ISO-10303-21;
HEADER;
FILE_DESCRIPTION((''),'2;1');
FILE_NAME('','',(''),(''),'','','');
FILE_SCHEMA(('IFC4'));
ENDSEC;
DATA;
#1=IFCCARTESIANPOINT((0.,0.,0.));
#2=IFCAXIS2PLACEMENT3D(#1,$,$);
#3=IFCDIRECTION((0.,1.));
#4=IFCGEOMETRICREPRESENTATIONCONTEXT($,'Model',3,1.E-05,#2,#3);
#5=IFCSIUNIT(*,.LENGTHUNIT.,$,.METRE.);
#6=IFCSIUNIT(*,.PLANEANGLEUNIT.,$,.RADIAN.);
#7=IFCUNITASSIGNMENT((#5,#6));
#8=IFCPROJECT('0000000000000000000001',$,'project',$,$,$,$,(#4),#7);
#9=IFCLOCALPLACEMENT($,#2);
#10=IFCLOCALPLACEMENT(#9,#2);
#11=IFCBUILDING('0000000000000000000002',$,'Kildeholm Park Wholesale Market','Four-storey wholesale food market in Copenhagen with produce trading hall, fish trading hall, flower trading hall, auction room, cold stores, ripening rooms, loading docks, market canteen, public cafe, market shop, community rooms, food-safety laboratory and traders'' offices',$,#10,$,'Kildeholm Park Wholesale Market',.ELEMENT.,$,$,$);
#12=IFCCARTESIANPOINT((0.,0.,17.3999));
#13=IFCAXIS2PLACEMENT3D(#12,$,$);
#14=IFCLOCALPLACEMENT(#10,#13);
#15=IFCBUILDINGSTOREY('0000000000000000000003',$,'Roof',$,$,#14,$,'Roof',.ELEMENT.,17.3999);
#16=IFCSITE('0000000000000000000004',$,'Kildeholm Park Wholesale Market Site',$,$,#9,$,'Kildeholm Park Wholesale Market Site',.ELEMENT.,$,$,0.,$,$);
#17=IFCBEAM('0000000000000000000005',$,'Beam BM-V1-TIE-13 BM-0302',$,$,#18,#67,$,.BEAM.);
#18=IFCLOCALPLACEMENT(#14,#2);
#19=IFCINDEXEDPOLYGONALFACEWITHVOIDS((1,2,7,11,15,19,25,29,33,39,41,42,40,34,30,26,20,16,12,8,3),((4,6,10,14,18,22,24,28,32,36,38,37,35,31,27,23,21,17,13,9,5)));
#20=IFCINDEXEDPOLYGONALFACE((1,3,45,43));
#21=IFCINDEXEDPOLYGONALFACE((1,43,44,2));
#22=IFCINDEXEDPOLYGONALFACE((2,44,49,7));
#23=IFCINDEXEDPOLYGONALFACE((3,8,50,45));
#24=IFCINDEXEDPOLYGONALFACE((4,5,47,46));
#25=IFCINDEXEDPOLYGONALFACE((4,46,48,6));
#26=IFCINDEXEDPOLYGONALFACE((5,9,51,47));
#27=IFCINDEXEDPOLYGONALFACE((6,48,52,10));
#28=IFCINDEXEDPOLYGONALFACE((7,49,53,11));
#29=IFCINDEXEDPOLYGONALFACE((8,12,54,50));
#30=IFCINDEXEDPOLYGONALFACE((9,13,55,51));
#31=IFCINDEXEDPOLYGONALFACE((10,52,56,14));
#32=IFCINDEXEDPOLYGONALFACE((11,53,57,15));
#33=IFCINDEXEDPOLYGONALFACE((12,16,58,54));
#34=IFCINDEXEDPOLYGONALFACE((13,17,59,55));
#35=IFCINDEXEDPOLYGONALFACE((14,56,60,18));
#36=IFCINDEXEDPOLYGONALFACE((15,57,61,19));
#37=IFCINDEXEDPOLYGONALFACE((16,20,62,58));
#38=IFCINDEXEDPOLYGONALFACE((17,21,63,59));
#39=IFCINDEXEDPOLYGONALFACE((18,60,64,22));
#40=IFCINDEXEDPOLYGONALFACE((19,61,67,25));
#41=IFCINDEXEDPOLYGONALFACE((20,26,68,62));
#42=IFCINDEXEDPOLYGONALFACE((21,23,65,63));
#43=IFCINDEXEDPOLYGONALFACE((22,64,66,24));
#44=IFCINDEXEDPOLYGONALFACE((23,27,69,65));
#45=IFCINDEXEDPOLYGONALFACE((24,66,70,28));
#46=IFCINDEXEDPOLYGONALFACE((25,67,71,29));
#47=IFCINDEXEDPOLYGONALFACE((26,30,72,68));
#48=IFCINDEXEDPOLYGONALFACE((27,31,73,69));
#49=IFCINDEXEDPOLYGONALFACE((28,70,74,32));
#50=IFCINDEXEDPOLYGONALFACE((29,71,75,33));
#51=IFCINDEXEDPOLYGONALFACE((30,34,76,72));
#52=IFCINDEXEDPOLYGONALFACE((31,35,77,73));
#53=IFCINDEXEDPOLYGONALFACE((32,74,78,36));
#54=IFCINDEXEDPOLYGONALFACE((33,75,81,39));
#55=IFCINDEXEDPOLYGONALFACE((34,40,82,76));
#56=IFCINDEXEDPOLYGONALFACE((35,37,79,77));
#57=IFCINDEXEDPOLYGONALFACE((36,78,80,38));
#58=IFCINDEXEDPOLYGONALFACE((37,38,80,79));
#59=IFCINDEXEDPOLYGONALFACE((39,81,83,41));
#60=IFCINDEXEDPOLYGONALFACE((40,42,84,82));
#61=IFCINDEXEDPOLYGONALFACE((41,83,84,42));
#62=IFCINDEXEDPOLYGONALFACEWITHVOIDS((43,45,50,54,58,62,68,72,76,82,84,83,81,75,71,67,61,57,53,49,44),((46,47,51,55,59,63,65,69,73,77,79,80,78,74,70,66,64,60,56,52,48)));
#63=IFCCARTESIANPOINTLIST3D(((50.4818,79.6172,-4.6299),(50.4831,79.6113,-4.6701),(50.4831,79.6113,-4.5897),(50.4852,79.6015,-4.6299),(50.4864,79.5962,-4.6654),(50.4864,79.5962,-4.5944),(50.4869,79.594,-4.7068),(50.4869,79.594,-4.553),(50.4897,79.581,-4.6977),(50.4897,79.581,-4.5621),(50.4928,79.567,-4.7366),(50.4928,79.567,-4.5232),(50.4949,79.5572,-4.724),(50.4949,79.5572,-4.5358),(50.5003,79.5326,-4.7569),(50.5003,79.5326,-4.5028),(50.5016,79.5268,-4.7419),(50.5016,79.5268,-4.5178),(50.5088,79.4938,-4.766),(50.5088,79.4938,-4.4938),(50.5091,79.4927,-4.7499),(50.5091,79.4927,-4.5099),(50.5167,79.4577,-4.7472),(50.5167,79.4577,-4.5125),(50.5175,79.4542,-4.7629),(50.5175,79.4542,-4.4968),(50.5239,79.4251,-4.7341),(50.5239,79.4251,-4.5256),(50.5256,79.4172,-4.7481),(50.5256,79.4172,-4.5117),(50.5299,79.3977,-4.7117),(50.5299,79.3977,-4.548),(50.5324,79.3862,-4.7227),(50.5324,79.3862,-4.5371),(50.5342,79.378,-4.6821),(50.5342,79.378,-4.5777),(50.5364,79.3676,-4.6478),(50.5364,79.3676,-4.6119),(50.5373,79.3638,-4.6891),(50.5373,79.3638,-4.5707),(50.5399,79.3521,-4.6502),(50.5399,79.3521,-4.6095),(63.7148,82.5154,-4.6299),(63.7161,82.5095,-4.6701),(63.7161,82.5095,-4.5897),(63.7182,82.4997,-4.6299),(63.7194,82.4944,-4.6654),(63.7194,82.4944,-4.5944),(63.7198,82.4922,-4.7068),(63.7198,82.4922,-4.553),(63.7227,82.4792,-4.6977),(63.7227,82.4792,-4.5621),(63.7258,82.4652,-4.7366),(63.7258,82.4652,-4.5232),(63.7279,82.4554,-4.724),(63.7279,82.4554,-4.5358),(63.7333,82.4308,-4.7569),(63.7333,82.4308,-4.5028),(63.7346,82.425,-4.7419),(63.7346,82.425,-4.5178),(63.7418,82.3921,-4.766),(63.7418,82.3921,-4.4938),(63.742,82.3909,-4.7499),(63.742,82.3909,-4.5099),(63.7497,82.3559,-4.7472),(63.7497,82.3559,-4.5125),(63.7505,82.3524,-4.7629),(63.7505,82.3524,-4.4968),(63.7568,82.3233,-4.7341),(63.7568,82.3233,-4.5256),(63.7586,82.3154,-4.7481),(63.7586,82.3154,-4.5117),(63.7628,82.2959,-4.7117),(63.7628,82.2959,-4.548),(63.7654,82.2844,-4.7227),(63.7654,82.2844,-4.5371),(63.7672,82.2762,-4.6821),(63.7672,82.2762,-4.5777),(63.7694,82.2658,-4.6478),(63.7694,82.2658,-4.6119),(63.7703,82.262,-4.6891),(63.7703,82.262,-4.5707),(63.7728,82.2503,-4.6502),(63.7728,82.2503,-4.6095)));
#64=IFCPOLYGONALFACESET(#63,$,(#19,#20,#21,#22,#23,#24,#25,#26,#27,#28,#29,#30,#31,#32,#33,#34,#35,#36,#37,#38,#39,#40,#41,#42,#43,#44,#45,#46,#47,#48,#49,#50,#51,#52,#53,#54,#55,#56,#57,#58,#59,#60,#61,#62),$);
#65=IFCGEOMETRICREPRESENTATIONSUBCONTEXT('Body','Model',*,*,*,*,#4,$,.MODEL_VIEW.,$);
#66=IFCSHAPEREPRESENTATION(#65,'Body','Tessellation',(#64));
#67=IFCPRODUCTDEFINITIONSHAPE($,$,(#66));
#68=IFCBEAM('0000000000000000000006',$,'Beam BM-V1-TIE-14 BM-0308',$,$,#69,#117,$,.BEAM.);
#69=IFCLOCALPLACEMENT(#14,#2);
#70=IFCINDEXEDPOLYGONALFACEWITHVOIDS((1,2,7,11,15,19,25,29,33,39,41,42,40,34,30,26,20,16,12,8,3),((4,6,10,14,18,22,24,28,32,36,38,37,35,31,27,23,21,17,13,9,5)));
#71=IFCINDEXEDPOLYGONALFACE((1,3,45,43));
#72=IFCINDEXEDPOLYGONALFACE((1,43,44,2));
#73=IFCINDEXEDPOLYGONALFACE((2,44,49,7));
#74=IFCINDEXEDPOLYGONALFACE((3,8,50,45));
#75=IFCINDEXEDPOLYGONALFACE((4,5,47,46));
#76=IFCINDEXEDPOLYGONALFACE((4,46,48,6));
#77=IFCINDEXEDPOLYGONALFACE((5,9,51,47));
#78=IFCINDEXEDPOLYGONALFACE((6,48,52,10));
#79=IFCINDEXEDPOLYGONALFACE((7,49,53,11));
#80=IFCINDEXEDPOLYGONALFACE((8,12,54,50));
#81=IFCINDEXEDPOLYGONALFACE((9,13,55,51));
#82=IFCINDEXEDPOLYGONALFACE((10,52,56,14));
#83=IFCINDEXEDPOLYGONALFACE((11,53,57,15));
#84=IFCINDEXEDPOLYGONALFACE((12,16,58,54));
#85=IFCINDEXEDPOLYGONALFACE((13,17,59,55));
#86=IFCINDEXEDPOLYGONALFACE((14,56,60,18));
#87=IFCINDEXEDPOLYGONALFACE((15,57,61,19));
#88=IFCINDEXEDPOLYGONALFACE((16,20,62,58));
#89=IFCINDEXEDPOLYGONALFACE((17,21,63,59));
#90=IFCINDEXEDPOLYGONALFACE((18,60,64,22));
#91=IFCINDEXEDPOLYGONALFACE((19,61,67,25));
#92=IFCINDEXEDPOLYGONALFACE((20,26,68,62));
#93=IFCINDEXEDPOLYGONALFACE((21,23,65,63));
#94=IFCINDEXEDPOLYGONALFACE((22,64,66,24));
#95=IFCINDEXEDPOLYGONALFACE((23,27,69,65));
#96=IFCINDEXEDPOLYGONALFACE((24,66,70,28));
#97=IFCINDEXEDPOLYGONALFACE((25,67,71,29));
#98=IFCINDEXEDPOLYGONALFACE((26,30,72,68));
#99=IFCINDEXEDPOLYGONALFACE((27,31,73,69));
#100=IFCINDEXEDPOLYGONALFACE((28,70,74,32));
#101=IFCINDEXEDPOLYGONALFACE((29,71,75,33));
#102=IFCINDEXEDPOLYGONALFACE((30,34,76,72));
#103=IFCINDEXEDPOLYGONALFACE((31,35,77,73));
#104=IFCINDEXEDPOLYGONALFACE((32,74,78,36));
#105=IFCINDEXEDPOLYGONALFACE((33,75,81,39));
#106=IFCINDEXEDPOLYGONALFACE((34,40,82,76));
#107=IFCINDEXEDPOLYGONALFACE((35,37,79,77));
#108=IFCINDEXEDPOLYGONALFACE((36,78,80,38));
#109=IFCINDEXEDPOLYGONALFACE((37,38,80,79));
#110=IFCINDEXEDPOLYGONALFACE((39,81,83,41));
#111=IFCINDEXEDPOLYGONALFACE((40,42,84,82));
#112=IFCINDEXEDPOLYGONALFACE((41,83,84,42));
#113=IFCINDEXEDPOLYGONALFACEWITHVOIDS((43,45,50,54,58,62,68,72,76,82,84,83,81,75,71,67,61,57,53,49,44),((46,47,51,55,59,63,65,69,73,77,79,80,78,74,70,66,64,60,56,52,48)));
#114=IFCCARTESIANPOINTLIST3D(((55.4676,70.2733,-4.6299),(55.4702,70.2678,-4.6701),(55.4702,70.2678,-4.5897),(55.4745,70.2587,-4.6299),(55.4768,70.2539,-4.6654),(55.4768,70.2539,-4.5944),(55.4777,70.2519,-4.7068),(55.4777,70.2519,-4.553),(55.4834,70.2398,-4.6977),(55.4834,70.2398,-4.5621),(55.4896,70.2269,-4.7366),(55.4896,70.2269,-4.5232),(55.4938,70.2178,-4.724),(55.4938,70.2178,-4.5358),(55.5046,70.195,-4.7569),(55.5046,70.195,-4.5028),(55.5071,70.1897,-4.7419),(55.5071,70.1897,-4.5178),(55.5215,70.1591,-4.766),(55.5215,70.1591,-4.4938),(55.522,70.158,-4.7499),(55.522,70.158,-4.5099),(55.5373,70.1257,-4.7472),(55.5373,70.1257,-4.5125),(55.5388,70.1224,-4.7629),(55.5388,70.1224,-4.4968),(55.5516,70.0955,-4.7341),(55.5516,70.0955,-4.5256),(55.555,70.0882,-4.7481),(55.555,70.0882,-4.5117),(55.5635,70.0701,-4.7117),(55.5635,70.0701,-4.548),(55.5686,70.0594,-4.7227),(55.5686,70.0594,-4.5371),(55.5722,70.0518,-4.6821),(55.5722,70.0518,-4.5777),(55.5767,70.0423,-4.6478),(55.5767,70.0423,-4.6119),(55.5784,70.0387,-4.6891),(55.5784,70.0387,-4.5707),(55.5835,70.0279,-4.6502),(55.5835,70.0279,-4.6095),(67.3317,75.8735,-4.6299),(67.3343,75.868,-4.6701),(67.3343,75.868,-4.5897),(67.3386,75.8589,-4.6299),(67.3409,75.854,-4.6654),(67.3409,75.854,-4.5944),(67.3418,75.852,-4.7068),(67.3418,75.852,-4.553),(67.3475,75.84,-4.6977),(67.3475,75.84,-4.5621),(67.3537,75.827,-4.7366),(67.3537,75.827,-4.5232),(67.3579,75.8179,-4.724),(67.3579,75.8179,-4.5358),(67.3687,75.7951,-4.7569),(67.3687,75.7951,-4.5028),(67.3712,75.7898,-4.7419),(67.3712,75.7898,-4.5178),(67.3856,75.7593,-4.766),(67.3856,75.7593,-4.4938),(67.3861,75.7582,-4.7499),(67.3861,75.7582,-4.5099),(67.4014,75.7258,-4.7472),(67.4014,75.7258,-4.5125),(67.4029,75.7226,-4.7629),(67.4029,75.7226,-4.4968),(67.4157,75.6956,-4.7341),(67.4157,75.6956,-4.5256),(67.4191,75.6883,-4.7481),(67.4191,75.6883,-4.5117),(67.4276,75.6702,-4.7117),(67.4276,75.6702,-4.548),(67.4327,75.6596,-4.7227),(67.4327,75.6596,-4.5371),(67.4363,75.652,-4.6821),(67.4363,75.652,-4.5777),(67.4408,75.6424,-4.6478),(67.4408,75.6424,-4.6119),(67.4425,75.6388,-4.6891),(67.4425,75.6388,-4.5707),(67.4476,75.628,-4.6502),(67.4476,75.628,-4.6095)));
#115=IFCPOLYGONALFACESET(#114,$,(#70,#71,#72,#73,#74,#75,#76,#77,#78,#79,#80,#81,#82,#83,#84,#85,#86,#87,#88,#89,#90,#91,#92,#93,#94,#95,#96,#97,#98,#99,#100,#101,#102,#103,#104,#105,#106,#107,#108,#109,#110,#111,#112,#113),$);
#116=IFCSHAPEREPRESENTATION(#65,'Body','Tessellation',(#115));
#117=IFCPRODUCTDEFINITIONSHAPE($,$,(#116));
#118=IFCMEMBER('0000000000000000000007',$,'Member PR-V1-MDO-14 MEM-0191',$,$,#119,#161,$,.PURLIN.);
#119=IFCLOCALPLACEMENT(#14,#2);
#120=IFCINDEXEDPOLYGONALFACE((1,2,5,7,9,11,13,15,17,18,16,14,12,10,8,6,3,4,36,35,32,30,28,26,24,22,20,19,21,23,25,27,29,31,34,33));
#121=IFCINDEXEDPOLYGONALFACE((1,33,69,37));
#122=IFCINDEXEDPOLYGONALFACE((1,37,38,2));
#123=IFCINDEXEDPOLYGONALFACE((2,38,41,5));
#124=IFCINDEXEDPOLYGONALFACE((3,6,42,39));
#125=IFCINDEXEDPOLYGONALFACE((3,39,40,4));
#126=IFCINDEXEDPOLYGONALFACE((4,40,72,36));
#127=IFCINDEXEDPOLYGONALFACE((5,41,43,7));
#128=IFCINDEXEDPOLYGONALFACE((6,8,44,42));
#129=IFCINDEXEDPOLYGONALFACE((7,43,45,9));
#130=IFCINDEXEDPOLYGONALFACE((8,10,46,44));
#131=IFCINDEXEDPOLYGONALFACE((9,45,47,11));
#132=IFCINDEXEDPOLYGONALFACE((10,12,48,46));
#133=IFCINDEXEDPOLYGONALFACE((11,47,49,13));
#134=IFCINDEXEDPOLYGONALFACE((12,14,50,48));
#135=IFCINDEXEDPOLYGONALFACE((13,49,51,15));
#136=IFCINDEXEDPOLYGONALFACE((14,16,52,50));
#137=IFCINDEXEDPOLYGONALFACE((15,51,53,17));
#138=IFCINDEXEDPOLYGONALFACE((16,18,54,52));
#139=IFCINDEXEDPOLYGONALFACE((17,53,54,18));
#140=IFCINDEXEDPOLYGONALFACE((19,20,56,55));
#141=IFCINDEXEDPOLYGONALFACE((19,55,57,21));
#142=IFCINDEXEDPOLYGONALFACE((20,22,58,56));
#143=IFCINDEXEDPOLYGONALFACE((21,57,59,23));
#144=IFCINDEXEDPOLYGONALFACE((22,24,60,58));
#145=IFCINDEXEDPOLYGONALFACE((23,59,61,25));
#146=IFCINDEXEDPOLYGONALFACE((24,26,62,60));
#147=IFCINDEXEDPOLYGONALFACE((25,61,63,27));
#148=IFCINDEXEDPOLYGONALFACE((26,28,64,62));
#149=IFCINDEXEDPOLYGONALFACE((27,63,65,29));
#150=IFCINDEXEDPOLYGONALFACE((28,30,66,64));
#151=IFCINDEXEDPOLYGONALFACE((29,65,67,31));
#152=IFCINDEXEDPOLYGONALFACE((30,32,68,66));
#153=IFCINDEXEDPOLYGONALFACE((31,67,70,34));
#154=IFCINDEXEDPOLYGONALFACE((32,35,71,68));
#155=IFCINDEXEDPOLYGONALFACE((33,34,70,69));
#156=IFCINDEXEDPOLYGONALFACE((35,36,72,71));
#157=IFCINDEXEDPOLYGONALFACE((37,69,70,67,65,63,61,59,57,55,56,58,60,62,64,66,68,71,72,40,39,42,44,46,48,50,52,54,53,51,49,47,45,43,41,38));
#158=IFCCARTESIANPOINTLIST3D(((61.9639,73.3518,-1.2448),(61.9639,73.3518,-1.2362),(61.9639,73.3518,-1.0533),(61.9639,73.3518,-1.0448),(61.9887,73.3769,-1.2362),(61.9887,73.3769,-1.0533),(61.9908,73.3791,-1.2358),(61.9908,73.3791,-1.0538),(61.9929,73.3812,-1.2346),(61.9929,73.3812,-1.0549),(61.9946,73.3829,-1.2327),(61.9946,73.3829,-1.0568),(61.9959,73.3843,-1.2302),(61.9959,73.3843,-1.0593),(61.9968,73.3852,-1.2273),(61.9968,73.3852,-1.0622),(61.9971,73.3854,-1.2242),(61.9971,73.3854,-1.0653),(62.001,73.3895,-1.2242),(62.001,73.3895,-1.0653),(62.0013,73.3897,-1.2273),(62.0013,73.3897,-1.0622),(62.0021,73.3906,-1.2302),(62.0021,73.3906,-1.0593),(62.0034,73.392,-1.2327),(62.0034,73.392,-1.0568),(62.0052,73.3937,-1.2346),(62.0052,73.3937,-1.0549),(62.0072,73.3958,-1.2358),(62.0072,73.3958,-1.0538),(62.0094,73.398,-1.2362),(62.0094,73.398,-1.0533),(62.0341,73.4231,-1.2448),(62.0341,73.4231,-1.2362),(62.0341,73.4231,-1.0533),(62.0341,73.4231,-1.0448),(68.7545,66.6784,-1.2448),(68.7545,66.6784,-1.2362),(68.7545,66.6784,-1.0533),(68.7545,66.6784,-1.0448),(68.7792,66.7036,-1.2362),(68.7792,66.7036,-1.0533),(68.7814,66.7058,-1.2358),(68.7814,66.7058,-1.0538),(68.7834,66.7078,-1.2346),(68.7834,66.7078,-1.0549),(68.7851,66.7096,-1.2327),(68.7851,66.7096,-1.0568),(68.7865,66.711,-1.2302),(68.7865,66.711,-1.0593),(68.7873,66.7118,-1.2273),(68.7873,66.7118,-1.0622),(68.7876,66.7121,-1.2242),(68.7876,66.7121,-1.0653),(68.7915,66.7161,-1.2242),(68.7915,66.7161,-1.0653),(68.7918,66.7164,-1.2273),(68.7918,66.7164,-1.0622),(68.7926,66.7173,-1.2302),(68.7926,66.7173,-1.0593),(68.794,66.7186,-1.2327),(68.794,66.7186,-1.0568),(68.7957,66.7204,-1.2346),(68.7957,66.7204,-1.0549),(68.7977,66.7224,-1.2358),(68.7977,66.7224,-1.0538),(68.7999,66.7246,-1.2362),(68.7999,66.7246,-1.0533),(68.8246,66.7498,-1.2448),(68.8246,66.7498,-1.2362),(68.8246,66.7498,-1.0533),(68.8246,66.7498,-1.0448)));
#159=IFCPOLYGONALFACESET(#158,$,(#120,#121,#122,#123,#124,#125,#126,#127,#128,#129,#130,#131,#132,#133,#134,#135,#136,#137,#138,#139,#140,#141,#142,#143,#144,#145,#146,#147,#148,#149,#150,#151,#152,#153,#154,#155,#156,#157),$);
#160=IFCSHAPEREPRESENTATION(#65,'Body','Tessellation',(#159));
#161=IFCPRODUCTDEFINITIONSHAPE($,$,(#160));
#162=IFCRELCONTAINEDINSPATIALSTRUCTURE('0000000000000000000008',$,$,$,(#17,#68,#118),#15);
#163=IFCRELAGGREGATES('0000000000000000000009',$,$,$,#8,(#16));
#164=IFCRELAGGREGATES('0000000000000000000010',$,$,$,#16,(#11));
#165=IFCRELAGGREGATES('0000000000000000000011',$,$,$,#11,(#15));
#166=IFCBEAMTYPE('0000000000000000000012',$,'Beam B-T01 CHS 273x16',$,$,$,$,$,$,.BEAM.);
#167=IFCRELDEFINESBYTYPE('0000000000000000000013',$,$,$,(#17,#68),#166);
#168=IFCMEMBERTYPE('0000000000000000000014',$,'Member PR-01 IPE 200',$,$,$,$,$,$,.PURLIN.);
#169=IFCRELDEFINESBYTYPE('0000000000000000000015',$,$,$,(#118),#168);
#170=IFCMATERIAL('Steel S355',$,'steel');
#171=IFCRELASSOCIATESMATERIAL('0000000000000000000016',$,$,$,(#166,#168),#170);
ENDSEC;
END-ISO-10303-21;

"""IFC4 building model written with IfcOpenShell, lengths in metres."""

from ifc_helpers import new_model, si_unit, direction, frame, origin, origin_2d, place, context, subcontext, project, spatial, hollow_circle, i_section, extrude, material, material_profile, profile_set, type_object, element, save


model = new_model("IFC4")

# Units and contexts
model_context = context("Model", 3, precision=1e-05, world=origin(), true_north=direction((0.0, 1.0)))
body_context = subcontext(model_context, "Body", "Model", "MODEL_VIEW")
ifc_project = project(units=[si_unit("LENGTHUNIT", "METRE"), si_unit("PLANEANGLEUNIT", "RADIAN")], contexts=[model_context])

# Site, building, storey
site_placement = place(None, origin())
site = spatial("IfcSite", under=ifc_project, at=site_placement, Name="Kildeholm Park Wholesale Market Site", LongName="Kildeholm Park Wholesale Market Site", CompositionType="ELEMENT", RefElevation=0.0)
building_placement = place(site_placement, origin())
building = spatial("IfcBuilding", under=site, at=building_placement, Name="Kildeholm Park Wholesale Market", Description="Four-storey wholesale food market in Copenhagen with produce trading hall, fish trading hall, flower trading hall, auction room, cold stores, ripening rooms, loading docks, market canteen, public cafe, market shop, community rooms, food-safety laboratory and traders' offices", LongName="Kildeholm Park Wholesale Market", CompositionType="ELEMENT")
storey_placement = place(building_placement, frame((0.0, 0.0, 17.3999)))
storey = spatial("IfcBuildingStorey", under=building, at=storey_placement, Name="Roof", LongName="Roof", CompositionType="ELEMENT", Elevation=17.3999)

# Beams
ifc_material_1 = material(Name="Steel S355", Category="steel")
ifc_material_profile_1 = material_profile(ifc_material_1, hollow_circle(Radius=0.1365, WallThickness=0.0161, at=origin_2d()), Name="CHS 273x16")
ifc_profile_set_1 = profile_set([ifc_material_profile_1], Name="Steel S355")
beam_type = type_object("IfcBeamType", Name="Beam B-T01 CHS 273x16", PredefinedType="BEAM", material=ifc_profile_set_1)
beam_1_placement = place(storey_placement, frame((50.511, 79.4839, -4.6299), z_axis=(0.976846, 0.213943, 0.0), x_axis=(-0.213943, 0.976846, 0.0)))
element("IfcBeam", 1, at=beam_1_placement, inside=storey, type_object=beam_type, Name="Beam BM-V1-TIE-13 BM-0302", PredefinedType="BEAM", context=body_context, shape_type="SweptSolid", body=[
    extrude(hollow_circle(Radius=0.1365, WallThickness=0.0161, at=origin_2d()), origin(), (0.0, 0.0, 1.0), 13.5466),
])
beam_2_placement = place(storey_placement, frame((55.5259, 70.1499, -4.6299), z_axis=(0.904318, 0.42686, 0.0), x_axis=(-0.42686, 0.904318, 0.0)))
element("IfcBeam", 2, at=beam_2_placement, inside=storey, type_object=beam_type, Name="Beam BM-V1-TIE-14 BM-0308", PredefinedType="BEAM", context=body_context, shape_type="SweptSolid", body=[
    extrude(hollow_circle(Radius=0.1365, WallThickness=0.0161, at=origin_2d()), origin(), (0.0, 0.0, 1.0), 13.1194),
])

# Member
ifc_material_profile_2 = material_profile(ifc_material_1, i_section(OverallWidth=0.1001, OverallDepth=0.2, WebThickness=0.0056, FlangeThickness=0.0085, FilletRadius=0.012, at=origin_2d()), Name="IPE 200")
ifc_profile_set_2 = profile_set([ifc_material_profile_2], Name="Steel S355")
member_type_1 = type_object("IfcMemberType", Name="Member PR-01 IPE 200", PredefinedType="PURLIN", material=ifc_profile_set_2)
member_1_placement = place(storey_placement, frame((61.999, 73.3875, -1.1448), z_axis=(0.713234, -0.700926, 0.0), x_axis=(0.700926, 0.713234, 0.0)))
element("IfcMember", 3, at=member_1_placement, inside=storey, type_object=member_type_1, Name="Member PR-V1-MDO-14 MEM-0191", PredefinedType="PURLIN", context=body_context, shape_type="SweptSolid", body=[
    extrude(i_section(OverallWidth=0.1001, OverallDepth=0.2, WebThickness=0.0056, FlangeThickness=0.0085, FilletRadius=0.012, at=origin_2d()), origin(), (0.0, 0.0, 1.0), 9.5208),
])

save(model, "model.ifc")
